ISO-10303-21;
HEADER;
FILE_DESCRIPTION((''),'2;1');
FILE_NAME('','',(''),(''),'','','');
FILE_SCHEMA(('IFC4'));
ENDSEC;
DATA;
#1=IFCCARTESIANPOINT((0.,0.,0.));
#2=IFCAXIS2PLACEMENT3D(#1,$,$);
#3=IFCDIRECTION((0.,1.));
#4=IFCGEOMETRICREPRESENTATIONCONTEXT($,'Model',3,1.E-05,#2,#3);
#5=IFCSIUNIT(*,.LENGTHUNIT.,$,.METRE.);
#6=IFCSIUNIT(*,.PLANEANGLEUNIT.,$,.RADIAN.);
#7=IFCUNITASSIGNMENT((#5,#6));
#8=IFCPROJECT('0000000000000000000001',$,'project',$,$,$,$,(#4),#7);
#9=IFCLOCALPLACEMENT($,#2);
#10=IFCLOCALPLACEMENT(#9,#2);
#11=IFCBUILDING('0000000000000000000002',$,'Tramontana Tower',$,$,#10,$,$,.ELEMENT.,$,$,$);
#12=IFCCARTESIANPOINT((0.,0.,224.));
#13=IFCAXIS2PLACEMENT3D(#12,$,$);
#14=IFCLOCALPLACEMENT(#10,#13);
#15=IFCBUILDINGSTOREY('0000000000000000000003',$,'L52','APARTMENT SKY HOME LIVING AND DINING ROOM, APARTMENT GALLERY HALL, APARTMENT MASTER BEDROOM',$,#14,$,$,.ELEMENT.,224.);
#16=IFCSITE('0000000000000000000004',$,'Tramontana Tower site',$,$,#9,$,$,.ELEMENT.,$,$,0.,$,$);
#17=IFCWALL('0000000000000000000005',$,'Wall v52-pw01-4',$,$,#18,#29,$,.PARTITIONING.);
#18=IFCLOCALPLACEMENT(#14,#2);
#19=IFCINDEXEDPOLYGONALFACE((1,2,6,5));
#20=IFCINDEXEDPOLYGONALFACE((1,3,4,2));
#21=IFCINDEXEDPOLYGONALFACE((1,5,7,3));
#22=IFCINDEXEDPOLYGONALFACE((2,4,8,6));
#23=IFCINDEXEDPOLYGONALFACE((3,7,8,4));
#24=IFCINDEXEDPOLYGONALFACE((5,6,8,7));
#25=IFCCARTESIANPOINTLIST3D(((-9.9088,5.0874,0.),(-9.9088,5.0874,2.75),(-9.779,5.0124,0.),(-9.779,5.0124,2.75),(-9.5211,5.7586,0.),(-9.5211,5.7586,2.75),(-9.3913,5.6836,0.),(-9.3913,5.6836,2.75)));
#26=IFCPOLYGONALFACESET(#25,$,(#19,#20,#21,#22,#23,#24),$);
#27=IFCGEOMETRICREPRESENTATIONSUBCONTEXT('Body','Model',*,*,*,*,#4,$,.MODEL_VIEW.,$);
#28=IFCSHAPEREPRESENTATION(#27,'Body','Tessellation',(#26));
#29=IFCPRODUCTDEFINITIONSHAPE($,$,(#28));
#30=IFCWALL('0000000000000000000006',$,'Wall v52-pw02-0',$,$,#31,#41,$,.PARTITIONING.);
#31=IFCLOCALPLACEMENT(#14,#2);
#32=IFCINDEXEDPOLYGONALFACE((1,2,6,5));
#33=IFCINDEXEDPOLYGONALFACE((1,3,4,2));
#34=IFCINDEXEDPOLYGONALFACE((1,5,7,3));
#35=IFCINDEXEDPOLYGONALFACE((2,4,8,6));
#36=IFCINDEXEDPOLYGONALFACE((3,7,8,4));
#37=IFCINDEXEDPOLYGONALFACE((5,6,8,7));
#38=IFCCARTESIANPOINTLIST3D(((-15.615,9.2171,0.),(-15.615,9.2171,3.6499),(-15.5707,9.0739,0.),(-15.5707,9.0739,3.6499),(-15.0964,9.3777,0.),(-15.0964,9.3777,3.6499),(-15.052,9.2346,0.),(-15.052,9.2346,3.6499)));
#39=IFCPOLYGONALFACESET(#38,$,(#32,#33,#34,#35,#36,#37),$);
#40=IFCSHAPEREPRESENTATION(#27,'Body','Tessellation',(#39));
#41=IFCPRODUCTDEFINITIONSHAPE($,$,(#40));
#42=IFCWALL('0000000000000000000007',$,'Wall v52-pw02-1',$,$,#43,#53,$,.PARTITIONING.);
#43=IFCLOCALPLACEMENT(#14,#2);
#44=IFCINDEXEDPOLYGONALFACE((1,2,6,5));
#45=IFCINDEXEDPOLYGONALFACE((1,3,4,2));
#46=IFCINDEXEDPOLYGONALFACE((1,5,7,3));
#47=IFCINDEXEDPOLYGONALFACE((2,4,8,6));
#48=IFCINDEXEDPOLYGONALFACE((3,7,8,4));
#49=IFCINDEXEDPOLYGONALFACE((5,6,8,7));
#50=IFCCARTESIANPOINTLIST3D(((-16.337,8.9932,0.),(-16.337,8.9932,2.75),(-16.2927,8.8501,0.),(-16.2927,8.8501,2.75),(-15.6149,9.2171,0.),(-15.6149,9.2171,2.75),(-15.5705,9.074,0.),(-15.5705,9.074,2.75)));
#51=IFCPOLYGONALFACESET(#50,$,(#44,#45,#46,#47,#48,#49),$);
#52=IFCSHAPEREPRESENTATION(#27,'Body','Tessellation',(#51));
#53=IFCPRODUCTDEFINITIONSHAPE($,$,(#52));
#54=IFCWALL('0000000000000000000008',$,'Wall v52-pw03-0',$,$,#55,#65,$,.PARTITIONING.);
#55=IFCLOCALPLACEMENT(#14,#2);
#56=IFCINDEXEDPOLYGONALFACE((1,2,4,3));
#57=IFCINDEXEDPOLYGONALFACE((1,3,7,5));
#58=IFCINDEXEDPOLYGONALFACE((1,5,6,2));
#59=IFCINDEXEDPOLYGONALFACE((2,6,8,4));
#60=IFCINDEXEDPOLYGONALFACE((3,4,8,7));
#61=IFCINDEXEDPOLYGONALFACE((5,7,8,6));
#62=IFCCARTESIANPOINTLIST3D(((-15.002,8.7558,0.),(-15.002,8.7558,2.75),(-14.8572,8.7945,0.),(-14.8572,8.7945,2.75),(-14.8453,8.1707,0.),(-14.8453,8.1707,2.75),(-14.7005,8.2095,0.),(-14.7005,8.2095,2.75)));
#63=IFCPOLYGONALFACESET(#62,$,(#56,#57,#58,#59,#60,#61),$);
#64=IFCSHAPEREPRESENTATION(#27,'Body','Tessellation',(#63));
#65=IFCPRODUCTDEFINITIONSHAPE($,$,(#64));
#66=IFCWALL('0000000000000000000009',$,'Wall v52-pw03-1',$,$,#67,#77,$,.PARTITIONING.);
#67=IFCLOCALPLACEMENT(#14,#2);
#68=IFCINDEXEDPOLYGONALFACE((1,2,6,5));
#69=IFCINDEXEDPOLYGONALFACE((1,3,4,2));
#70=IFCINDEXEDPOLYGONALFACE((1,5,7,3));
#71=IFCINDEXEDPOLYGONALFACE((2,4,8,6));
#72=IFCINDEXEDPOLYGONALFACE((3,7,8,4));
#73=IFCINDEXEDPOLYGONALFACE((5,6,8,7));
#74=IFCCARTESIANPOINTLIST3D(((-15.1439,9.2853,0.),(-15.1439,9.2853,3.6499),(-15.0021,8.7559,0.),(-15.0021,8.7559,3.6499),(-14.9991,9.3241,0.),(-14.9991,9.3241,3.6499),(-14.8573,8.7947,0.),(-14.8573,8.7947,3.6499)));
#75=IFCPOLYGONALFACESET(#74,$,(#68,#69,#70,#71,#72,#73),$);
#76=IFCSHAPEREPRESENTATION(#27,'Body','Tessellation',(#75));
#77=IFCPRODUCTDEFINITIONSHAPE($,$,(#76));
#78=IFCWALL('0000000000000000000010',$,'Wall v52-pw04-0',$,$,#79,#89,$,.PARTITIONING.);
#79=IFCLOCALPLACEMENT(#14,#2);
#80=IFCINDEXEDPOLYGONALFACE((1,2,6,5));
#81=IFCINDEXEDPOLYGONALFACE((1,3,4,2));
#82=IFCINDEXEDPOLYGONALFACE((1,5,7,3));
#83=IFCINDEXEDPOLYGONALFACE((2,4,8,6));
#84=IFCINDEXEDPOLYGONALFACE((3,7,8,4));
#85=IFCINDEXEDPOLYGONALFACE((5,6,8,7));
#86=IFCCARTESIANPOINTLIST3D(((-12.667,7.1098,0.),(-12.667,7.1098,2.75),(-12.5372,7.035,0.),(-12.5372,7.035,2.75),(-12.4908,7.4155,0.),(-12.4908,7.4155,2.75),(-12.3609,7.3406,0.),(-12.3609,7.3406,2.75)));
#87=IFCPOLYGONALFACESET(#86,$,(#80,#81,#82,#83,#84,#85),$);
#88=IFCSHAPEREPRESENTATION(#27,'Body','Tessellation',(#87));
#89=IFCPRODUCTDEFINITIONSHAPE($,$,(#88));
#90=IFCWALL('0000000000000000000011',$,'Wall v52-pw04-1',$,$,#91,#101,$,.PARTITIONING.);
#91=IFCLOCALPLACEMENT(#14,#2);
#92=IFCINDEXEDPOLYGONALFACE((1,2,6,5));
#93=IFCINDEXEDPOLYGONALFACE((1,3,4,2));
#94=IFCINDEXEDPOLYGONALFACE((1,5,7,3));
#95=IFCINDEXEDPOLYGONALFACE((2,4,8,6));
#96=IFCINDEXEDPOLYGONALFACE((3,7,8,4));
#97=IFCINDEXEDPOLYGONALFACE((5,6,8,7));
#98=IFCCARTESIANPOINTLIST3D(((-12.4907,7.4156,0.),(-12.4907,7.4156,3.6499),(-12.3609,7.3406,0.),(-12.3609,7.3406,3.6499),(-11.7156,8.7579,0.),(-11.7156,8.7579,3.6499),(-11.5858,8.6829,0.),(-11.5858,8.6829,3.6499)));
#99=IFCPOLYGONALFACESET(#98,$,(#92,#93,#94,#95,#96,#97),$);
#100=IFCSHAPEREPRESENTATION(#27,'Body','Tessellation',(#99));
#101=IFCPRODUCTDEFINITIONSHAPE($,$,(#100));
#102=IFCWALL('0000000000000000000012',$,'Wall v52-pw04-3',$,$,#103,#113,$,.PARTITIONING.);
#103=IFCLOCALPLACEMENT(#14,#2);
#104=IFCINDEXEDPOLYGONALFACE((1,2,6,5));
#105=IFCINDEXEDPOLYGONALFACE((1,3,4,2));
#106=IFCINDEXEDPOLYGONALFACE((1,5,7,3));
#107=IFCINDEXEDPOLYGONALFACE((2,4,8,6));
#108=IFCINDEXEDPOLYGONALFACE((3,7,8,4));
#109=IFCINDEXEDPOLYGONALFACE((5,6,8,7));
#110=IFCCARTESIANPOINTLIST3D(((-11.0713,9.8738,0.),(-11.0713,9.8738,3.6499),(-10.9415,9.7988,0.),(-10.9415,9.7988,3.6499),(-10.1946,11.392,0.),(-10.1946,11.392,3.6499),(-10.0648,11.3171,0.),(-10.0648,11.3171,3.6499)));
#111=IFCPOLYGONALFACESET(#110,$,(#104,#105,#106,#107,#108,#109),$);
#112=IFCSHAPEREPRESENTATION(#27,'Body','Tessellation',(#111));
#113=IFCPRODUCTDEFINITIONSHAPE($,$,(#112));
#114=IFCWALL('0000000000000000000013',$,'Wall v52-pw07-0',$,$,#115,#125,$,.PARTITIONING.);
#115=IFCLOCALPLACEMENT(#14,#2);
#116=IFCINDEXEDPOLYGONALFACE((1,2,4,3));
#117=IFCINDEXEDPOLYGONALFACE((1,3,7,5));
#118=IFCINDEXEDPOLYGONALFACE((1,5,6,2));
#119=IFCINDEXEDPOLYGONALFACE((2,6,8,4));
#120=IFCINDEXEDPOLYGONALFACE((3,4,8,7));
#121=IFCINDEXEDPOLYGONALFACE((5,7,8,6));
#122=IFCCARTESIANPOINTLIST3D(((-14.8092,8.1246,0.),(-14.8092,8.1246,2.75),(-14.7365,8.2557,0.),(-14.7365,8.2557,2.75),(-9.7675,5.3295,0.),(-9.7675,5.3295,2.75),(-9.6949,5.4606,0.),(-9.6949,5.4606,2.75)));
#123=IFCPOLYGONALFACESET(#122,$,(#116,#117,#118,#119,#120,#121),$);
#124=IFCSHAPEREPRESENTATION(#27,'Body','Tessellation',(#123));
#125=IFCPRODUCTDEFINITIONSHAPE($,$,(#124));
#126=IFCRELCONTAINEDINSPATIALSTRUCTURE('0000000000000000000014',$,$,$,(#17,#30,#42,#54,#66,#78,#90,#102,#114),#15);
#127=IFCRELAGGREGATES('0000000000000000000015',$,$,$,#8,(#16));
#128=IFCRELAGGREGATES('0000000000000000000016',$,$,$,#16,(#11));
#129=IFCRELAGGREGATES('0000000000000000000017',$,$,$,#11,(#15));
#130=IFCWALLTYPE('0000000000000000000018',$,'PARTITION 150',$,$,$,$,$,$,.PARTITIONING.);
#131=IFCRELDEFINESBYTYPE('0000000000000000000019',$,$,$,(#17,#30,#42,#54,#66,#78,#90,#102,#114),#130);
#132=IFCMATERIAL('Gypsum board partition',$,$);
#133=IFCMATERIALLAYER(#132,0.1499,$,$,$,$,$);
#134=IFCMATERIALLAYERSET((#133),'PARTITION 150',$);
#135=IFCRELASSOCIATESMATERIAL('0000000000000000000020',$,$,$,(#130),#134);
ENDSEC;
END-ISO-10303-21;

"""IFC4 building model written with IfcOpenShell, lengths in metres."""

from ifc_helpers import new_model, si_unit, direction, frame, frame_2d, origin, place, context, subcontext, project, spatial, rectangle, extrude, material, layer, layer_set, type_object, element, save


model = new_model("IFC4")

# Units and contexts
model_context = context("Model", 3, precision=1e-05, world=origin(), true_north=direction((0.0, 1.0)))
body_context = subcontext(model_context, "Body", "Model", "MODEL_VIEW")
ifc_project = project(units=[si_unit("LENGTHUNIT", "METRE"), si_unit("PLANEANGLEUNIT", "RADIAN")], contexts=[model_context])

# Site, building, storey
site_placement = place(None, origin())
site = spatial("IfcSite", under=ifc_project, at=site_placement, Name="Tramontana Tower site", CompositionType="ELEMENT", RefElevation=0.0)
building_placement = place(site_placement, origin())
building = spatial("IfcBuilding", under=site, at=building_placement, Name="Tramontana Tower", CompositionType="ELEMENT")
storey_placement = place(building_placement, frame((0.0, 0.0, 224.0)))
storey = spatial("IfcBuildingStorey", under=building, at=storey_placement, Name="L52", Description="APARTMENT SKY HOME LIVING AND DINING ROOM, APARTMENT GALLERY HALL, APARTMENT MASTER BEDROOM", CompositionType="ELEMENT", Elevation=224.0)

# Shared definitions
ifc_material_1 = material(Name="Gypsum board partition")
ifc_layer_1 = layer(ifc_material_1, 0.1499)
ifc_layer_set_1 = layer_set([ifc_layer_1], Name="PARTITION 150")
wall_type_1 = type_object("IfcWallType", Name="PARTITION 150", PredefinedType="PARTITIONING", material=ifc_layer_set_1)

# Walls
wall_1_placement = place(storey_placement, frame((-9.844, 5.0498, 0.0), z_axis=(0.0, 0.0, 1.0), x_axis=(0.500204, 0.865908, 0.0)))
element("IfcWall", 1, at=wall_1_placement, inside=storey, type_object=wall_type_1, Name="Wall v52-pw01-4", PredefinedType="PARTITIONING", context=body_context, shape_type="SweptSolid", body=[
    extrude(rectangle(XDim=0.7751, YDim=0.1499, at=frame_2d((0.3877, 0.0))), origin(), (0.0, 0.0, 1.0), 2.75),
])
wall_2_placement = place(storey_placement, frame((-15.0742, 9.3062, 0.0), z_axis=(0.0, 0.0, 1.0), x_axis=(-0.955213, -0.295918, 0.0)))
element("IfcWall", 2, at=wall_2_placement, inside=storey, type_object=wall_type_1, Name="Wall v52-pw02-0", PredefinedType="PARTITIONING", context=body_context, shape_type="SweptSolid", body=[
    extrude(rectangle(XDim=0.543, YDim=0.1499, at=frame_2d((0.2715, 0.0))), origin(), (0.0, 0.0, 1.0), 3.6499),
])
wall_3_placement = place(storey_placement, frame((-15.5928, 9.1455, 0.0), z_axis=(0.0, 0.0, 1.0), x_axis=(-0.955155, -0.296105, 0.0)))
element("IfcWall", 3, at=wall_3_placement, inside=storey, type_object=wall_type_1, Name="Wall v52-pw02-1", PredefinedType="PARTITIONING", context=body_context, shape_type="SweptSolid", body=[
    extrude(rectangle(XDim=0.7561, YDim=0.1499, at=frame_2d((0.3779, 0.0))), origin(), (0.0, 0.0, 1.0), 2.75),
])
wall_4_placement = place(storey_placement, frame((-14.7729, 8.1902, 0.0), z_axis=(0.0, 0.0, 1.0), x_axis=(-0.258716, 0.965953, 0.0)))
element("IfcWall", 4, at=wall_4_placement, inside=storey, type_object=wall_type_1, Name="Wall v52-pw03-0", PredefinedType="PARTITIONING", context=body_context, shape_type="SweptSolid", body=[
    extrude(rectangle(XDim=0.6057, YDim=0.1499, at=frame_2d((0.3027, 0.0))), origin(), (0.0, 0.0, 1.0), 2.75),
])
wall_5_placement = place(storey_placement, frame((-14.9297, 8.7754, 0.0), z_axis=(0.0, 0.0, 1.0), x_axis=(-0.258855, 0.965916, 0.0)))
element("IfcWall", 5, at=wall_5_placement, inside=storey, type_object=wall_type_1, Name="Wall v52-pw03-1", PredefinedType="PARTITIONING", context=body_context, shape_type="SweptSolid", body=[
    extrude(rectangle(XDim=0.5481, YDim=0.1499, at=frame_2d((0.2739, 0.0))), origin(), (0.0, 0.0, 1.0), 3.6499),
])
wall_6_placement = place(storey_placement, frame((-12.6021, 7.0725, 0.0), z_axis=(0.0, 0.0, 1.0), x_axis=(0.499563, 0.866278, 0.0)))
element("IfcWall", 6, at=wall_6_placement, inside=storey, type_object=wall_type_1, Name="Wall v52-pw04-0", PredefinedType="PARTITIONING", context=body_context, shape_type="SweptSolid", body=[
    extrude(rectangle(XDim=0.3528, YDim=0.1499, at=frame_2d((0.1763, 0.0))), origin(), (0.0, 0.0, 1.0), 2.75),
])
wall_7_placement = place(storey_placement, frame((-12.4258, 7.3782, 0.0), z_axis=(0.0, 0.0, 1.0), x_axis=(0.500086, 0.865976, 0.0)))
element("IfcWall", 7, at=wall_7_placement, inside=storey, type_object=wall_type_1, Name="Wall v52-pw04-1", PredefinedType="PARTITIONING", context=body_context, shape_type="SweptSolid", body=[
    extrude(rectangle(XDim=1.55, YDim=0.1499, at=frame_2d((0.7749, 0.0))), origin(), (0.0, 0.0, 1.0), 3.6499),
])

# Walls
wall_8_placement = place(storey_placement, frame((-11.0063, 9.8364, 0.0), z_axis=(0.0, 0.0, 1.0), x_axis=(0.500048, 0.865998, 0.0)))
element("IfcWall", 8, at=wall_8_placement, inside=storey, type_object=wall_type_1, Name="Wall v52-pw04-3", PredefinedType="PARTITIONING", context=body_context, shape_type="SweptSolid", body=[
    extrude(rectangle(XDim=1.7532, YDim=0.1499, at=frame_2d((0.8765, 0.0))), origin(), (0.0, 0.0, 1.0), 3.6499),
])
wall_9_placement = place(storey_placement, frame((-9.7312, 5.395, 0.0), z_axis=(0.0, 0.0, 1.0), x_axis=(-0.874584, 0.484873, 0.0)))
element("IfcWall", 9, at=wall_9_placement, inside=storey, type_object=wall_type_1, Name="Wall v52-pw07-0", PredefinedType="PARTITIONING", context=body_context, shape_type="SweptSolid", body=[
    extrude(rectangle(XDim=5.7646, YDim=0.1499, at=frame_2d((2.8823, 0.0))), origin(), (0.0, 0.0, 1.0), 2.75),
])

save(model, "model.ifc")
